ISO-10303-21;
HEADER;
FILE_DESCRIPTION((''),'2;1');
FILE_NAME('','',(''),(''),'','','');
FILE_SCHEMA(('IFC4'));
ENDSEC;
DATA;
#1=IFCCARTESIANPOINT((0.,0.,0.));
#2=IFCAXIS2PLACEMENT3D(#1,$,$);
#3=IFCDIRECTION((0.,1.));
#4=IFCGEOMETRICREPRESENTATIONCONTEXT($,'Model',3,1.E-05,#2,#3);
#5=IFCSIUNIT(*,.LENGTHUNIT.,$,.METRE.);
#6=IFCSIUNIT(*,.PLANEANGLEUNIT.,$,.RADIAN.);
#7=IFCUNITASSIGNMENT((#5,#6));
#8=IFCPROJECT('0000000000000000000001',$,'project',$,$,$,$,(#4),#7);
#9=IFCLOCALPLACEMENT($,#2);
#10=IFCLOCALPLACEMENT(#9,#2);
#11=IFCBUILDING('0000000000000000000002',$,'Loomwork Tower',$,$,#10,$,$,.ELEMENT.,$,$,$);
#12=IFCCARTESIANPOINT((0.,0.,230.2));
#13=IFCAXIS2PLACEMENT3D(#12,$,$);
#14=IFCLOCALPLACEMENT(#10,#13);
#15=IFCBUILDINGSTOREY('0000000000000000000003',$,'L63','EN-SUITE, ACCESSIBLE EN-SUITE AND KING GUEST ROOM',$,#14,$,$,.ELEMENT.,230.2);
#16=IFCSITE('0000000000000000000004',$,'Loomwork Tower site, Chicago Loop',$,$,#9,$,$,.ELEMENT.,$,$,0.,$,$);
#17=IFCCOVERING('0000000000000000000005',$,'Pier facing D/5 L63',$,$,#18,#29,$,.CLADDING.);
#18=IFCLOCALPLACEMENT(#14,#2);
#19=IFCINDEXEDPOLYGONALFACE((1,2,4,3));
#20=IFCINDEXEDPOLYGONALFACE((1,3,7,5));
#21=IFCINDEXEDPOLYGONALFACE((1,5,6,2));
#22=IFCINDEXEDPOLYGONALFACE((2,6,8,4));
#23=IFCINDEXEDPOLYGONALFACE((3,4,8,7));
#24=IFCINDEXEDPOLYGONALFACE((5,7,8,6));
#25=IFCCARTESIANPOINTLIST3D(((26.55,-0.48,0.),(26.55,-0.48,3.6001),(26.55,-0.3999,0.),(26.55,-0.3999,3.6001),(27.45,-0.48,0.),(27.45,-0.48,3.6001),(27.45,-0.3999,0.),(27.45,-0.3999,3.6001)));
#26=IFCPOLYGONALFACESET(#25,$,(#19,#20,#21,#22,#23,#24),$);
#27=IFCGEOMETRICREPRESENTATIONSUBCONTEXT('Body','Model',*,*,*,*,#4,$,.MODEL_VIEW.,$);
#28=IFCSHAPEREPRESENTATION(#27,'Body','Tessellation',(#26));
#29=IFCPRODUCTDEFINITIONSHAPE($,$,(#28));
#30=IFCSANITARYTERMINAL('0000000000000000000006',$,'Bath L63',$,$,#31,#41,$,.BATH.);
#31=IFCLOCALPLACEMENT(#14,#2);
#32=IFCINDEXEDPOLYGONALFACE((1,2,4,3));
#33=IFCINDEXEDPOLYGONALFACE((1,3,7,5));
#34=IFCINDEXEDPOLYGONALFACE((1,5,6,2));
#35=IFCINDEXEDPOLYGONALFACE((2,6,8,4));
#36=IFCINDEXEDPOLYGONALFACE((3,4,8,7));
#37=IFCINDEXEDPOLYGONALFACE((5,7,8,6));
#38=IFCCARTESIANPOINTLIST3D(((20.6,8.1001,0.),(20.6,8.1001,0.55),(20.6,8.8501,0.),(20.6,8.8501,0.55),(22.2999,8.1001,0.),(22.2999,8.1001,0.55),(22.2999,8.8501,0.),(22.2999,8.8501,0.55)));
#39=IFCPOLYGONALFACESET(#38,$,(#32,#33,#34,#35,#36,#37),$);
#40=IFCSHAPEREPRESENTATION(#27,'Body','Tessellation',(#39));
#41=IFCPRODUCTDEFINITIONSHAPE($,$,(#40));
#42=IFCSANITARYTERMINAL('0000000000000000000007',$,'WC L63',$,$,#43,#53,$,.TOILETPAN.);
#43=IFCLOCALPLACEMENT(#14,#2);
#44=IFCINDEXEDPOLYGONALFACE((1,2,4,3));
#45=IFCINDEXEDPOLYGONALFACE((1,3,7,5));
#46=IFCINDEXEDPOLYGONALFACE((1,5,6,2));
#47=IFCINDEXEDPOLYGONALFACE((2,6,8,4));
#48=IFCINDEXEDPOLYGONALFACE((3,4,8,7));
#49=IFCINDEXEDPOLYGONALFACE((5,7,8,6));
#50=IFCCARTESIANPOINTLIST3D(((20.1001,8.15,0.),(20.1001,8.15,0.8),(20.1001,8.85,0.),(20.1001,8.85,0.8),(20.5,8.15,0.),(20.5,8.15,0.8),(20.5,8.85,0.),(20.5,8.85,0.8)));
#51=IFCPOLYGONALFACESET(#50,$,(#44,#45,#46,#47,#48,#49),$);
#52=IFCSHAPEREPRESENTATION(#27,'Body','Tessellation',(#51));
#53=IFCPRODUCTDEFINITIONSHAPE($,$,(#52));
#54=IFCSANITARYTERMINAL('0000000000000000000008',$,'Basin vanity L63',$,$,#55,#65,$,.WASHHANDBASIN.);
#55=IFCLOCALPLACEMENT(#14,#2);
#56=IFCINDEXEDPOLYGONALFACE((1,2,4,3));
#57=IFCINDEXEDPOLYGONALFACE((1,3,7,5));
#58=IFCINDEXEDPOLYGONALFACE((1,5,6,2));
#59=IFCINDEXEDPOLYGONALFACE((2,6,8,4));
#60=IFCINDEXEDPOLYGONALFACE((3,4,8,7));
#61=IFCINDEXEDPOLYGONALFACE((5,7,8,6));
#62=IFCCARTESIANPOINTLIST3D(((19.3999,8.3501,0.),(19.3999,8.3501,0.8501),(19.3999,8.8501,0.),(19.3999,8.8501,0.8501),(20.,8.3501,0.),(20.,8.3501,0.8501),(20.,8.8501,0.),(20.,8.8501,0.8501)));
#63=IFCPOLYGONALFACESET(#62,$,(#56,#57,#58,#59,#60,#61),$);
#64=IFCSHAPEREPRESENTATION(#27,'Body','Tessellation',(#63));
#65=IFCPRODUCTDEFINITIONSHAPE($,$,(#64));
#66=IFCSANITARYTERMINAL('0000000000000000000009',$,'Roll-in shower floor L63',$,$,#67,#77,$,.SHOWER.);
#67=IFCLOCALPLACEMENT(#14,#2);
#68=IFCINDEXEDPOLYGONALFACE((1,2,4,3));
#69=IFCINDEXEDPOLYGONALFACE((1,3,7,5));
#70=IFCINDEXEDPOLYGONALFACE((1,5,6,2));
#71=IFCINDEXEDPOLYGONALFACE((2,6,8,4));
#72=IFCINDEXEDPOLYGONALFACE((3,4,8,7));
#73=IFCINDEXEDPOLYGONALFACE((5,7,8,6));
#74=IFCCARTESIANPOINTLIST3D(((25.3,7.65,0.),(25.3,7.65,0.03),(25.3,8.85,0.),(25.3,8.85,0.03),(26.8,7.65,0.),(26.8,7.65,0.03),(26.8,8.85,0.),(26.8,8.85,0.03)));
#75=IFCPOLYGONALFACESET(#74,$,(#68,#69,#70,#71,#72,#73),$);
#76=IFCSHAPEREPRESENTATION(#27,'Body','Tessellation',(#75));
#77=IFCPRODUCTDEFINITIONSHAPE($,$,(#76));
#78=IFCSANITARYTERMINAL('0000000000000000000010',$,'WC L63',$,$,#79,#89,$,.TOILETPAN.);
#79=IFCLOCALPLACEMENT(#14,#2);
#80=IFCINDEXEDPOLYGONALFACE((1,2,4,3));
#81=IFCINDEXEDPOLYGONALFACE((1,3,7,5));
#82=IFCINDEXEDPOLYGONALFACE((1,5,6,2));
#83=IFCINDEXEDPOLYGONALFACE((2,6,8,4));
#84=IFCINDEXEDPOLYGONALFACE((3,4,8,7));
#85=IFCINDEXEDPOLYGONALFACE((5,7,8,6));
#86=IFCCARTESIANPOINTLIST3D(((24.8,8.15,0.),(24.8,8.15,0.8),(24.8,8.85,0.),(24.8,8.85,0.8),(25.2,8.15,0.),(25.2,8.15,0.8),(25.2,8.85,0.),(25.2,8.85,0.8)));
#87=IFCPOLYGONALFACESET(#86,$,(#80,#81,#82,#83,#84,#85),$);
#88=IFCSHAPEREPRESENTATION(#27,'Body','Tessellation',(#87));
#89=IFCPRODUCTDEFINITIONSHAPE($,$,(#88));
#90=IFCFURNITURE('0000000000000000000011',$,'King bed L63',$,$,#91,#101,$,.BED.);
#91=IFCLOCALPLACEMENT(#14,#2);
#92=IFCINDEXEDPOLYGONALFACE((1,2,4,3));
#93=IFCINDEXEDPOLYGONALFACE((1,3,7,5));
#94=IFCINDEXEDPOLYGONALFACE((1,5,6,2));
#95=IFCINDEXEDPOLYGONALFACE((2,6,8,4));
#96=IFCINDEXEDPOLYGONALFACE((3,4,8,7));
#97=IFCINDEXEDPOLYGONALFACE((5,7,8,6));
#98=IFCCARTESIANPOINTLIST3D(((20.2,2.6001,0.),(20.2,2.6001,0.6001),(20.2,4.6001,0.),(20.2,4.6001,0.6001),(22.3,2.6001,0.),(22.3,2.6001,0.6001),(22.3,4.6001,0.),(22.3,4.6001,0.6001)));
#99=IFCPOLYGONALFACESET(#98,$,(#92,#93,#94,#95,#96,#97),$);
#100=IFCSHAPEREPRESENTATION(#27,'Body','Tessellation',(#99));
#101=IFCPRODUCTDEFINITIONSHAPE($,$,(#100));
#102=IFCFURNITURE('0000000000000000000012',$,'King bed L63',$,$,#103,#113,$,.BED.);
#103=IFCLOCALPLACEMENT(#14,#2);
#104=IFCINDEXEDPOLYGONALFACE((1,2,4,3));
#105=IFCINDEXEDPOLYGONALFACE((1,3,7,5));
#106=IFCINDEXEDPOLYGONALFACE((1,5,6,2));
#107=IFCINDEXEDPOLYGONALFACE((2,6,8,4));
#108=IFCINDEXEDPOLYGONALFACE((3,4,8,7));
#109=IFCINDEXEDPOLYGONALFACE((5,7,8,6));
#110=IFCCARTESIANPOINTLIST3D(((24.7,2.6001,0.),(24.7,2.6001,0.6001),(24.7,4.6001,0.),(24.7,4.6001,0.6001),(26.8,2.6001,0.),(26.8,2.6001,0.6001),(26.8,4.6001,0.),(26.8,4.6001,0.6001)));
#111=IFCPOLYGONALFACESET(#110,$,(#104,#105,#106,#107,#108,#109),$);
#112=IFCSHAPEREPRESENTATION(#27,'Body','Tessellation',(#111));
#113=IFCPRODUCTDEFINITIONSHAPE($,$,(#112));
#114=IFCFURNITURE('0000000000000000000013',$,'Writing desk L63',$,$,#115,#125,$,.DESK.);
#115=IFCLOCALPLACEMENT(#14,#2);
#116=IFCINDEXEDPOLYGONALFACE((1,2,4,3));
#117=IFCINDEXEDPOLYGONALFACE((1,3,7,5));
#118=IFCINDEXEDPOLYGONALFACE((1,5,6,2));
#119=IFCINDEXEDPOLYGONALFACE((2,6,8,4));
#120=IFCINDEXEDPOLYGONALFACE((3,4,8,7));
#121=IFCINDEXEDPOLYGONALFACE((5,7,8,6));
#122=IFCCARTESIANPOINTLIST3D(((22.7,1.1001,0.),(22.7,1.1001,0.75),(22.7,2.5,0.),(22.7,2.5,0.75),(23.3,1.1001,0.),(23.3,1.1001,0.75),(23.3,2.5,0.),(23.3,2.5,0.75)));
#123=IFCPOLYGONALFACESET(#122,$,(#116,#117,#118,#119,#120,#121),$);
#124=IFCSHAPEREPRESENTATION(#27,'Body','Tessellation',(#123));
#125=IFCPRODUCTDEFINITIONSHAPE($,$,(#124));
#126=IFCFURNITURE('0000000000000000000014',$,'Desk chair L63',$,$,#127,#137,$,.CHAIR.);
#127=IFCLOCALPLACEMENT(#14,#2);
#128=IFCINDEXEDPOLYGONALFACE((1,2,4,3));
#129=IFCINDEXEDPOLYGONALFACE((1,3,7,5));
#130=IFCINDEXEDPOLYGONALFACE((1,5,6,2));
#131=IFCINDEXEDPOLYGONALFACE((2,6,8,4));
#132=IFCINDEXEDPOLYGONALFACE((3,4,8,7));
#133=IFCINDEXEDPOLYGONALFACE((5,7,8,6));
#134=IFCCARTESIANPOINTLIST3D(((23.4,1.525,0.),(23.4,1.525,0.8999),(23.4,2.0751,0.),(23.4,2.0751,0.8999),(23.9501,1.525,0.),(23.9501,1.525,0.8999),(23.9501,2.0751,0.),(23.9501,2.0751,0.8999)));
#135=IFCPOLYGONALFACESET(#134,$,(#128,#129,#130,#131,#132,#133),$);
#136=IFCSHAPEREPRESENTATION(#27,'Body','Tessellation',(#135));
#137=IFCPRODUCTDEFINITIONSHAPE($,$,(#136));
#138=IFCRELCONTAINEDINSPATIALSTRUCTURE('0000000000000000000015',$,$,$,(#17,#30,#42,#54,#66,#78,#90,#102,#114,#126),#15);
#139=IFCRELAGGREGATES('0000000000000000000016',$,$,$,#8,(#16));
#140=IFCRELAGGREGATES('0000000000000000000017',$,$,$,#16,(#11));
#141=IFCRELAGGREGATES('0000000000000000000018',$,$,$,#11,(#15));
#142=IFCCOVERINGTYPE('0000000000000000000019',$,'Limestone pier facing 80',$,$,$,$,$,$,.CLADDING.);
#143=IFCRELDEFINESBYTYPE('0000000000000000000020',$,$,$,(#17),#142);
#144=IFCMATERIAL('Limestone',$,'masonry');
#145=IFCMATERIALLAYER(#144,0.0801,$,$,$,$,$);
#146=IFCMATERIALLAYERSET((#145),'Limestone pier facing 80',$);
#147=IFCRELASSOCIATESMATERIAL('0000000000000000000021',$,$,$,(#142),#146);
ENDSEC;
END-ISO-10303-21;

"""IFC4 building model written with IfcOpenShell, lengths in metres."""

from ifc_helpers import new_model, si_unit, direction, frame, origin, origin_2d, place, context, subcontext, project, spatial, rectangle, extrude, material, layer, layer_set, type_object, element, save


model = new_model("IFC4")

# Units and contexts
model_context = context("Model", 3, precision=1e-05, world=origin(), true_north=direction((0.0, 1.0)))
body_context = subcontext(model_context, "Body", "Model", "MODEL_VIEW")
ifc_project = project(units=[si_unit("LENGTHUNIT", "METRE"), si_unit("PLANEANGLEUNIT", "RADIAN")], contexts=[model_context])

# Site, building, storey
site_placement = place(None, origin())
site = spatial("IfcSite", under=ifc_project, at=site_placement, Name="Loomwork Tower site, Chicago Loop", CompositionType="ELEMENT", RefElevation=0.0)
building_placement = place(site_placement, origin())
building = spatial("IfcBuilding", under=site, at=building_placement, Name="Loomwork Tower", CompositionType="ELEMENT")
storey_placement = place(building_placement, frame((0.0, 0.0, 230.2)))
storey = spatial("IfcBuildingStorey", under=building, at=storey_placement, Name="L63", Description="EN-SUITE, ACCESSIBLE EN-SUITE AND KING GUEST ROOM", CompositionType="ELEMENT", Elevation=230.2)

# Covering
ifc_material_1 = material(Name="Limestone", Category="masonry")
ifc_layer_1 = layer(ifc_material_1, 0.0801)
ifc_layer_set_1 = layer_set([ifc_layer_1], Name="Limestone pier facing 80")
covering_type = type_object("IfcCoveringType", Name="Limestone pier facing 80", PredefinedType="CLADDING", material=ifc_layer_set_1)
covering_placement = place(storey_placement, frame((27.0, -0.4399, 0.0), z_axis=(0.0, 0.0, 1.0), x_axis=(1.0, 0.0, 0.0)))
element("IfcCovering", 1, at=covering_placement, inside=storey, type_object=covering_type, Name="Pier facing D/5 L63", PredefinedType="CLADDING", context=body_context, shape_type="SweptSolid", body=[
    extrude(rectangle(XDim=0.8999, YDim=0.0801, at=origin_2d()), origin(), (0.0, 0.0, 1.0), 3.6001),
])

# Sanitary terminals
sanitary_terminal_1_placement = place(storey_placement, frame((21.45, 8.4751, 0.0), z_axis=(0.0, 0.0, 1.0), x_axis=(1.0, 0.0, 0.0)))
element("IfcSanitaryTerminal", 2, at=sanitary_terminal_1_placement, inside=storey, Name="Bath L63", PredefinedType="BATH", context=body_context, shape_type="SweptSolid", body=[
    extrude(rectangle(XDim=1.7, YDim=0.75, at=origin_2d()), origin(), (0.0, 0.0, 1.0), 0.55),
])
sanitary_terminal_2_placement = place(storey_placement, frame((20.3, 8.5, 0.0), z_axis=(0.0, 0.0, 1.0), x_axis=(1.0, 0.0, 0.0)))
element("IfcSanitaryTerminal", 3, at=sanitary_terminal_2_placement, inside=storey, Name="WC L63", PredefinedType="TOILETPAN", context=body_context, shape_type="SweptSolid", body=[
    extrude(rectangle(XDim=0.3999, YDim=0.7, at=origin_2d()), origin(), (0.0, 0.0, 1.0), 0.8),
])
sanitary_terminal_3_placement = place(storey_placement, frame((19.7, 8.6001, 0.0), z_axis=(0.0, 0.0, 1.0), x_axis=(1.0, 0.0, 0.0)))
element("IfcSanitaryTerminal", 4, at=sanitary_terminal_3_placement, inside=storey, Name="Basin vanity L63", PredefinedType="WASHHANDBASIN", context=body_context, shape_type="SweptSolid", body=[
    extrude(rectangle(XDim=0.6001, YDim=0.5, at=origin_2d()), origin(), (0.0, 0.0, 1.0), 0.8501),
])
sanitary_terminal_4_placement = place(storey_placement, frame((26.05, 8.25, 0.0), z_axis=(0.0, 0.0, 1.0), x_axis=(1.0, 0.0, 0.0)))
element("IfcSanitaryTerminal", 5, at=sanitary_terminal_4_placement, inside=storey, Name="Roll-in shower floor L63", PredefinedType="SHOWER", context=body_context, shape_type="SweptSolid", body=[
    extrude(rectangle(XDim=1.5, YDim=1.2, at=origin_2d()), origin(), (0.0, 0.0, 1.0), 0.03),
])
sanitary_terminal_5_placement = place(storey_placement, frame((25.0, 8.5, 0.0), z_axis=(0.0, 0.0, 1.0), x_axis=(1.0, 0.0, 0.0)))
element("IfcSanitaryTerminal", 6, at=sanitary_terminal_5_placement, inside=storey, Name="WC L63", PredefinedType="TOILETPAN", context=body_context, shape_type="SweptSolid", body=[
    extrude(rectangle(XDim=0.3999, YDim=0.7, at=origin_2d()), origin(), (0.0, 0.0, 1.0), 0.8),
])

# Furniture
for number, where, z_axis, x_axis, name in (
    (7, (21.25, 3.6001, 0.0), (0.0, 0.0, 1.0), (1.0, 0.0, 0.0), "King bed L63"),
    (8, (25.75, 3.6001, 0.0), (0.0, 0.0, 1.0), (1.0, 0.0, 0.0), "King bed L63"),
):
    element("IfcFurniture", number, at=place(storey_placement, frame(where, z_axis=z_axis, x_axis=x_axis)), inside=storey, Name=name, PredefinedType="BED", context=body_context, shape_type="SweptSolid", body=[
        extrude(rectangle(XDim=2.1001, YDim=2.0, at=origin_2d()), origin(), (0.0, 0.0, 1.0), 0.6001),
    ])
furniture_1_placement = place(storey_placement, frame((23.0, 1.8, 0.0), z_axis=(0.0, 0.0, 1.0), x_axis=(1.0, 0.0, 0.0)))
element("IfcFurniture", 9, at=furniture_1_placement, inside=storey, Name="Writing desk L63", PredefinedType="DESK", context=body_context, shape_type="SweptSolid", body=[
    extrude(rectangle(XDim=0.6001, YDim=1.3999, at=origin_2d()), origin(), (0.0, 0.0, 1.0), 0.75),
])
furniture_2_placement = place(storey_placement, frame((23.675, 1.8, 0.0), z_axis=(0.0, 0.0, 1.0), x_axis=(1.0, 0.0, 0.0)))
element("IfcFurniture", 10, at=furniture_2_placement, inside=storey, Name="Desk chair L63", PredefinedType="CHAIR", context=body_context, shape_type="SweptSolid", body=[
    extrude(rectangle(XDim=0.55, YDim=0.55, at=origin_2d()), origin(), (0.0, 0.0, 1.0), 0.8999),
])

save(model, "model.ifc")
